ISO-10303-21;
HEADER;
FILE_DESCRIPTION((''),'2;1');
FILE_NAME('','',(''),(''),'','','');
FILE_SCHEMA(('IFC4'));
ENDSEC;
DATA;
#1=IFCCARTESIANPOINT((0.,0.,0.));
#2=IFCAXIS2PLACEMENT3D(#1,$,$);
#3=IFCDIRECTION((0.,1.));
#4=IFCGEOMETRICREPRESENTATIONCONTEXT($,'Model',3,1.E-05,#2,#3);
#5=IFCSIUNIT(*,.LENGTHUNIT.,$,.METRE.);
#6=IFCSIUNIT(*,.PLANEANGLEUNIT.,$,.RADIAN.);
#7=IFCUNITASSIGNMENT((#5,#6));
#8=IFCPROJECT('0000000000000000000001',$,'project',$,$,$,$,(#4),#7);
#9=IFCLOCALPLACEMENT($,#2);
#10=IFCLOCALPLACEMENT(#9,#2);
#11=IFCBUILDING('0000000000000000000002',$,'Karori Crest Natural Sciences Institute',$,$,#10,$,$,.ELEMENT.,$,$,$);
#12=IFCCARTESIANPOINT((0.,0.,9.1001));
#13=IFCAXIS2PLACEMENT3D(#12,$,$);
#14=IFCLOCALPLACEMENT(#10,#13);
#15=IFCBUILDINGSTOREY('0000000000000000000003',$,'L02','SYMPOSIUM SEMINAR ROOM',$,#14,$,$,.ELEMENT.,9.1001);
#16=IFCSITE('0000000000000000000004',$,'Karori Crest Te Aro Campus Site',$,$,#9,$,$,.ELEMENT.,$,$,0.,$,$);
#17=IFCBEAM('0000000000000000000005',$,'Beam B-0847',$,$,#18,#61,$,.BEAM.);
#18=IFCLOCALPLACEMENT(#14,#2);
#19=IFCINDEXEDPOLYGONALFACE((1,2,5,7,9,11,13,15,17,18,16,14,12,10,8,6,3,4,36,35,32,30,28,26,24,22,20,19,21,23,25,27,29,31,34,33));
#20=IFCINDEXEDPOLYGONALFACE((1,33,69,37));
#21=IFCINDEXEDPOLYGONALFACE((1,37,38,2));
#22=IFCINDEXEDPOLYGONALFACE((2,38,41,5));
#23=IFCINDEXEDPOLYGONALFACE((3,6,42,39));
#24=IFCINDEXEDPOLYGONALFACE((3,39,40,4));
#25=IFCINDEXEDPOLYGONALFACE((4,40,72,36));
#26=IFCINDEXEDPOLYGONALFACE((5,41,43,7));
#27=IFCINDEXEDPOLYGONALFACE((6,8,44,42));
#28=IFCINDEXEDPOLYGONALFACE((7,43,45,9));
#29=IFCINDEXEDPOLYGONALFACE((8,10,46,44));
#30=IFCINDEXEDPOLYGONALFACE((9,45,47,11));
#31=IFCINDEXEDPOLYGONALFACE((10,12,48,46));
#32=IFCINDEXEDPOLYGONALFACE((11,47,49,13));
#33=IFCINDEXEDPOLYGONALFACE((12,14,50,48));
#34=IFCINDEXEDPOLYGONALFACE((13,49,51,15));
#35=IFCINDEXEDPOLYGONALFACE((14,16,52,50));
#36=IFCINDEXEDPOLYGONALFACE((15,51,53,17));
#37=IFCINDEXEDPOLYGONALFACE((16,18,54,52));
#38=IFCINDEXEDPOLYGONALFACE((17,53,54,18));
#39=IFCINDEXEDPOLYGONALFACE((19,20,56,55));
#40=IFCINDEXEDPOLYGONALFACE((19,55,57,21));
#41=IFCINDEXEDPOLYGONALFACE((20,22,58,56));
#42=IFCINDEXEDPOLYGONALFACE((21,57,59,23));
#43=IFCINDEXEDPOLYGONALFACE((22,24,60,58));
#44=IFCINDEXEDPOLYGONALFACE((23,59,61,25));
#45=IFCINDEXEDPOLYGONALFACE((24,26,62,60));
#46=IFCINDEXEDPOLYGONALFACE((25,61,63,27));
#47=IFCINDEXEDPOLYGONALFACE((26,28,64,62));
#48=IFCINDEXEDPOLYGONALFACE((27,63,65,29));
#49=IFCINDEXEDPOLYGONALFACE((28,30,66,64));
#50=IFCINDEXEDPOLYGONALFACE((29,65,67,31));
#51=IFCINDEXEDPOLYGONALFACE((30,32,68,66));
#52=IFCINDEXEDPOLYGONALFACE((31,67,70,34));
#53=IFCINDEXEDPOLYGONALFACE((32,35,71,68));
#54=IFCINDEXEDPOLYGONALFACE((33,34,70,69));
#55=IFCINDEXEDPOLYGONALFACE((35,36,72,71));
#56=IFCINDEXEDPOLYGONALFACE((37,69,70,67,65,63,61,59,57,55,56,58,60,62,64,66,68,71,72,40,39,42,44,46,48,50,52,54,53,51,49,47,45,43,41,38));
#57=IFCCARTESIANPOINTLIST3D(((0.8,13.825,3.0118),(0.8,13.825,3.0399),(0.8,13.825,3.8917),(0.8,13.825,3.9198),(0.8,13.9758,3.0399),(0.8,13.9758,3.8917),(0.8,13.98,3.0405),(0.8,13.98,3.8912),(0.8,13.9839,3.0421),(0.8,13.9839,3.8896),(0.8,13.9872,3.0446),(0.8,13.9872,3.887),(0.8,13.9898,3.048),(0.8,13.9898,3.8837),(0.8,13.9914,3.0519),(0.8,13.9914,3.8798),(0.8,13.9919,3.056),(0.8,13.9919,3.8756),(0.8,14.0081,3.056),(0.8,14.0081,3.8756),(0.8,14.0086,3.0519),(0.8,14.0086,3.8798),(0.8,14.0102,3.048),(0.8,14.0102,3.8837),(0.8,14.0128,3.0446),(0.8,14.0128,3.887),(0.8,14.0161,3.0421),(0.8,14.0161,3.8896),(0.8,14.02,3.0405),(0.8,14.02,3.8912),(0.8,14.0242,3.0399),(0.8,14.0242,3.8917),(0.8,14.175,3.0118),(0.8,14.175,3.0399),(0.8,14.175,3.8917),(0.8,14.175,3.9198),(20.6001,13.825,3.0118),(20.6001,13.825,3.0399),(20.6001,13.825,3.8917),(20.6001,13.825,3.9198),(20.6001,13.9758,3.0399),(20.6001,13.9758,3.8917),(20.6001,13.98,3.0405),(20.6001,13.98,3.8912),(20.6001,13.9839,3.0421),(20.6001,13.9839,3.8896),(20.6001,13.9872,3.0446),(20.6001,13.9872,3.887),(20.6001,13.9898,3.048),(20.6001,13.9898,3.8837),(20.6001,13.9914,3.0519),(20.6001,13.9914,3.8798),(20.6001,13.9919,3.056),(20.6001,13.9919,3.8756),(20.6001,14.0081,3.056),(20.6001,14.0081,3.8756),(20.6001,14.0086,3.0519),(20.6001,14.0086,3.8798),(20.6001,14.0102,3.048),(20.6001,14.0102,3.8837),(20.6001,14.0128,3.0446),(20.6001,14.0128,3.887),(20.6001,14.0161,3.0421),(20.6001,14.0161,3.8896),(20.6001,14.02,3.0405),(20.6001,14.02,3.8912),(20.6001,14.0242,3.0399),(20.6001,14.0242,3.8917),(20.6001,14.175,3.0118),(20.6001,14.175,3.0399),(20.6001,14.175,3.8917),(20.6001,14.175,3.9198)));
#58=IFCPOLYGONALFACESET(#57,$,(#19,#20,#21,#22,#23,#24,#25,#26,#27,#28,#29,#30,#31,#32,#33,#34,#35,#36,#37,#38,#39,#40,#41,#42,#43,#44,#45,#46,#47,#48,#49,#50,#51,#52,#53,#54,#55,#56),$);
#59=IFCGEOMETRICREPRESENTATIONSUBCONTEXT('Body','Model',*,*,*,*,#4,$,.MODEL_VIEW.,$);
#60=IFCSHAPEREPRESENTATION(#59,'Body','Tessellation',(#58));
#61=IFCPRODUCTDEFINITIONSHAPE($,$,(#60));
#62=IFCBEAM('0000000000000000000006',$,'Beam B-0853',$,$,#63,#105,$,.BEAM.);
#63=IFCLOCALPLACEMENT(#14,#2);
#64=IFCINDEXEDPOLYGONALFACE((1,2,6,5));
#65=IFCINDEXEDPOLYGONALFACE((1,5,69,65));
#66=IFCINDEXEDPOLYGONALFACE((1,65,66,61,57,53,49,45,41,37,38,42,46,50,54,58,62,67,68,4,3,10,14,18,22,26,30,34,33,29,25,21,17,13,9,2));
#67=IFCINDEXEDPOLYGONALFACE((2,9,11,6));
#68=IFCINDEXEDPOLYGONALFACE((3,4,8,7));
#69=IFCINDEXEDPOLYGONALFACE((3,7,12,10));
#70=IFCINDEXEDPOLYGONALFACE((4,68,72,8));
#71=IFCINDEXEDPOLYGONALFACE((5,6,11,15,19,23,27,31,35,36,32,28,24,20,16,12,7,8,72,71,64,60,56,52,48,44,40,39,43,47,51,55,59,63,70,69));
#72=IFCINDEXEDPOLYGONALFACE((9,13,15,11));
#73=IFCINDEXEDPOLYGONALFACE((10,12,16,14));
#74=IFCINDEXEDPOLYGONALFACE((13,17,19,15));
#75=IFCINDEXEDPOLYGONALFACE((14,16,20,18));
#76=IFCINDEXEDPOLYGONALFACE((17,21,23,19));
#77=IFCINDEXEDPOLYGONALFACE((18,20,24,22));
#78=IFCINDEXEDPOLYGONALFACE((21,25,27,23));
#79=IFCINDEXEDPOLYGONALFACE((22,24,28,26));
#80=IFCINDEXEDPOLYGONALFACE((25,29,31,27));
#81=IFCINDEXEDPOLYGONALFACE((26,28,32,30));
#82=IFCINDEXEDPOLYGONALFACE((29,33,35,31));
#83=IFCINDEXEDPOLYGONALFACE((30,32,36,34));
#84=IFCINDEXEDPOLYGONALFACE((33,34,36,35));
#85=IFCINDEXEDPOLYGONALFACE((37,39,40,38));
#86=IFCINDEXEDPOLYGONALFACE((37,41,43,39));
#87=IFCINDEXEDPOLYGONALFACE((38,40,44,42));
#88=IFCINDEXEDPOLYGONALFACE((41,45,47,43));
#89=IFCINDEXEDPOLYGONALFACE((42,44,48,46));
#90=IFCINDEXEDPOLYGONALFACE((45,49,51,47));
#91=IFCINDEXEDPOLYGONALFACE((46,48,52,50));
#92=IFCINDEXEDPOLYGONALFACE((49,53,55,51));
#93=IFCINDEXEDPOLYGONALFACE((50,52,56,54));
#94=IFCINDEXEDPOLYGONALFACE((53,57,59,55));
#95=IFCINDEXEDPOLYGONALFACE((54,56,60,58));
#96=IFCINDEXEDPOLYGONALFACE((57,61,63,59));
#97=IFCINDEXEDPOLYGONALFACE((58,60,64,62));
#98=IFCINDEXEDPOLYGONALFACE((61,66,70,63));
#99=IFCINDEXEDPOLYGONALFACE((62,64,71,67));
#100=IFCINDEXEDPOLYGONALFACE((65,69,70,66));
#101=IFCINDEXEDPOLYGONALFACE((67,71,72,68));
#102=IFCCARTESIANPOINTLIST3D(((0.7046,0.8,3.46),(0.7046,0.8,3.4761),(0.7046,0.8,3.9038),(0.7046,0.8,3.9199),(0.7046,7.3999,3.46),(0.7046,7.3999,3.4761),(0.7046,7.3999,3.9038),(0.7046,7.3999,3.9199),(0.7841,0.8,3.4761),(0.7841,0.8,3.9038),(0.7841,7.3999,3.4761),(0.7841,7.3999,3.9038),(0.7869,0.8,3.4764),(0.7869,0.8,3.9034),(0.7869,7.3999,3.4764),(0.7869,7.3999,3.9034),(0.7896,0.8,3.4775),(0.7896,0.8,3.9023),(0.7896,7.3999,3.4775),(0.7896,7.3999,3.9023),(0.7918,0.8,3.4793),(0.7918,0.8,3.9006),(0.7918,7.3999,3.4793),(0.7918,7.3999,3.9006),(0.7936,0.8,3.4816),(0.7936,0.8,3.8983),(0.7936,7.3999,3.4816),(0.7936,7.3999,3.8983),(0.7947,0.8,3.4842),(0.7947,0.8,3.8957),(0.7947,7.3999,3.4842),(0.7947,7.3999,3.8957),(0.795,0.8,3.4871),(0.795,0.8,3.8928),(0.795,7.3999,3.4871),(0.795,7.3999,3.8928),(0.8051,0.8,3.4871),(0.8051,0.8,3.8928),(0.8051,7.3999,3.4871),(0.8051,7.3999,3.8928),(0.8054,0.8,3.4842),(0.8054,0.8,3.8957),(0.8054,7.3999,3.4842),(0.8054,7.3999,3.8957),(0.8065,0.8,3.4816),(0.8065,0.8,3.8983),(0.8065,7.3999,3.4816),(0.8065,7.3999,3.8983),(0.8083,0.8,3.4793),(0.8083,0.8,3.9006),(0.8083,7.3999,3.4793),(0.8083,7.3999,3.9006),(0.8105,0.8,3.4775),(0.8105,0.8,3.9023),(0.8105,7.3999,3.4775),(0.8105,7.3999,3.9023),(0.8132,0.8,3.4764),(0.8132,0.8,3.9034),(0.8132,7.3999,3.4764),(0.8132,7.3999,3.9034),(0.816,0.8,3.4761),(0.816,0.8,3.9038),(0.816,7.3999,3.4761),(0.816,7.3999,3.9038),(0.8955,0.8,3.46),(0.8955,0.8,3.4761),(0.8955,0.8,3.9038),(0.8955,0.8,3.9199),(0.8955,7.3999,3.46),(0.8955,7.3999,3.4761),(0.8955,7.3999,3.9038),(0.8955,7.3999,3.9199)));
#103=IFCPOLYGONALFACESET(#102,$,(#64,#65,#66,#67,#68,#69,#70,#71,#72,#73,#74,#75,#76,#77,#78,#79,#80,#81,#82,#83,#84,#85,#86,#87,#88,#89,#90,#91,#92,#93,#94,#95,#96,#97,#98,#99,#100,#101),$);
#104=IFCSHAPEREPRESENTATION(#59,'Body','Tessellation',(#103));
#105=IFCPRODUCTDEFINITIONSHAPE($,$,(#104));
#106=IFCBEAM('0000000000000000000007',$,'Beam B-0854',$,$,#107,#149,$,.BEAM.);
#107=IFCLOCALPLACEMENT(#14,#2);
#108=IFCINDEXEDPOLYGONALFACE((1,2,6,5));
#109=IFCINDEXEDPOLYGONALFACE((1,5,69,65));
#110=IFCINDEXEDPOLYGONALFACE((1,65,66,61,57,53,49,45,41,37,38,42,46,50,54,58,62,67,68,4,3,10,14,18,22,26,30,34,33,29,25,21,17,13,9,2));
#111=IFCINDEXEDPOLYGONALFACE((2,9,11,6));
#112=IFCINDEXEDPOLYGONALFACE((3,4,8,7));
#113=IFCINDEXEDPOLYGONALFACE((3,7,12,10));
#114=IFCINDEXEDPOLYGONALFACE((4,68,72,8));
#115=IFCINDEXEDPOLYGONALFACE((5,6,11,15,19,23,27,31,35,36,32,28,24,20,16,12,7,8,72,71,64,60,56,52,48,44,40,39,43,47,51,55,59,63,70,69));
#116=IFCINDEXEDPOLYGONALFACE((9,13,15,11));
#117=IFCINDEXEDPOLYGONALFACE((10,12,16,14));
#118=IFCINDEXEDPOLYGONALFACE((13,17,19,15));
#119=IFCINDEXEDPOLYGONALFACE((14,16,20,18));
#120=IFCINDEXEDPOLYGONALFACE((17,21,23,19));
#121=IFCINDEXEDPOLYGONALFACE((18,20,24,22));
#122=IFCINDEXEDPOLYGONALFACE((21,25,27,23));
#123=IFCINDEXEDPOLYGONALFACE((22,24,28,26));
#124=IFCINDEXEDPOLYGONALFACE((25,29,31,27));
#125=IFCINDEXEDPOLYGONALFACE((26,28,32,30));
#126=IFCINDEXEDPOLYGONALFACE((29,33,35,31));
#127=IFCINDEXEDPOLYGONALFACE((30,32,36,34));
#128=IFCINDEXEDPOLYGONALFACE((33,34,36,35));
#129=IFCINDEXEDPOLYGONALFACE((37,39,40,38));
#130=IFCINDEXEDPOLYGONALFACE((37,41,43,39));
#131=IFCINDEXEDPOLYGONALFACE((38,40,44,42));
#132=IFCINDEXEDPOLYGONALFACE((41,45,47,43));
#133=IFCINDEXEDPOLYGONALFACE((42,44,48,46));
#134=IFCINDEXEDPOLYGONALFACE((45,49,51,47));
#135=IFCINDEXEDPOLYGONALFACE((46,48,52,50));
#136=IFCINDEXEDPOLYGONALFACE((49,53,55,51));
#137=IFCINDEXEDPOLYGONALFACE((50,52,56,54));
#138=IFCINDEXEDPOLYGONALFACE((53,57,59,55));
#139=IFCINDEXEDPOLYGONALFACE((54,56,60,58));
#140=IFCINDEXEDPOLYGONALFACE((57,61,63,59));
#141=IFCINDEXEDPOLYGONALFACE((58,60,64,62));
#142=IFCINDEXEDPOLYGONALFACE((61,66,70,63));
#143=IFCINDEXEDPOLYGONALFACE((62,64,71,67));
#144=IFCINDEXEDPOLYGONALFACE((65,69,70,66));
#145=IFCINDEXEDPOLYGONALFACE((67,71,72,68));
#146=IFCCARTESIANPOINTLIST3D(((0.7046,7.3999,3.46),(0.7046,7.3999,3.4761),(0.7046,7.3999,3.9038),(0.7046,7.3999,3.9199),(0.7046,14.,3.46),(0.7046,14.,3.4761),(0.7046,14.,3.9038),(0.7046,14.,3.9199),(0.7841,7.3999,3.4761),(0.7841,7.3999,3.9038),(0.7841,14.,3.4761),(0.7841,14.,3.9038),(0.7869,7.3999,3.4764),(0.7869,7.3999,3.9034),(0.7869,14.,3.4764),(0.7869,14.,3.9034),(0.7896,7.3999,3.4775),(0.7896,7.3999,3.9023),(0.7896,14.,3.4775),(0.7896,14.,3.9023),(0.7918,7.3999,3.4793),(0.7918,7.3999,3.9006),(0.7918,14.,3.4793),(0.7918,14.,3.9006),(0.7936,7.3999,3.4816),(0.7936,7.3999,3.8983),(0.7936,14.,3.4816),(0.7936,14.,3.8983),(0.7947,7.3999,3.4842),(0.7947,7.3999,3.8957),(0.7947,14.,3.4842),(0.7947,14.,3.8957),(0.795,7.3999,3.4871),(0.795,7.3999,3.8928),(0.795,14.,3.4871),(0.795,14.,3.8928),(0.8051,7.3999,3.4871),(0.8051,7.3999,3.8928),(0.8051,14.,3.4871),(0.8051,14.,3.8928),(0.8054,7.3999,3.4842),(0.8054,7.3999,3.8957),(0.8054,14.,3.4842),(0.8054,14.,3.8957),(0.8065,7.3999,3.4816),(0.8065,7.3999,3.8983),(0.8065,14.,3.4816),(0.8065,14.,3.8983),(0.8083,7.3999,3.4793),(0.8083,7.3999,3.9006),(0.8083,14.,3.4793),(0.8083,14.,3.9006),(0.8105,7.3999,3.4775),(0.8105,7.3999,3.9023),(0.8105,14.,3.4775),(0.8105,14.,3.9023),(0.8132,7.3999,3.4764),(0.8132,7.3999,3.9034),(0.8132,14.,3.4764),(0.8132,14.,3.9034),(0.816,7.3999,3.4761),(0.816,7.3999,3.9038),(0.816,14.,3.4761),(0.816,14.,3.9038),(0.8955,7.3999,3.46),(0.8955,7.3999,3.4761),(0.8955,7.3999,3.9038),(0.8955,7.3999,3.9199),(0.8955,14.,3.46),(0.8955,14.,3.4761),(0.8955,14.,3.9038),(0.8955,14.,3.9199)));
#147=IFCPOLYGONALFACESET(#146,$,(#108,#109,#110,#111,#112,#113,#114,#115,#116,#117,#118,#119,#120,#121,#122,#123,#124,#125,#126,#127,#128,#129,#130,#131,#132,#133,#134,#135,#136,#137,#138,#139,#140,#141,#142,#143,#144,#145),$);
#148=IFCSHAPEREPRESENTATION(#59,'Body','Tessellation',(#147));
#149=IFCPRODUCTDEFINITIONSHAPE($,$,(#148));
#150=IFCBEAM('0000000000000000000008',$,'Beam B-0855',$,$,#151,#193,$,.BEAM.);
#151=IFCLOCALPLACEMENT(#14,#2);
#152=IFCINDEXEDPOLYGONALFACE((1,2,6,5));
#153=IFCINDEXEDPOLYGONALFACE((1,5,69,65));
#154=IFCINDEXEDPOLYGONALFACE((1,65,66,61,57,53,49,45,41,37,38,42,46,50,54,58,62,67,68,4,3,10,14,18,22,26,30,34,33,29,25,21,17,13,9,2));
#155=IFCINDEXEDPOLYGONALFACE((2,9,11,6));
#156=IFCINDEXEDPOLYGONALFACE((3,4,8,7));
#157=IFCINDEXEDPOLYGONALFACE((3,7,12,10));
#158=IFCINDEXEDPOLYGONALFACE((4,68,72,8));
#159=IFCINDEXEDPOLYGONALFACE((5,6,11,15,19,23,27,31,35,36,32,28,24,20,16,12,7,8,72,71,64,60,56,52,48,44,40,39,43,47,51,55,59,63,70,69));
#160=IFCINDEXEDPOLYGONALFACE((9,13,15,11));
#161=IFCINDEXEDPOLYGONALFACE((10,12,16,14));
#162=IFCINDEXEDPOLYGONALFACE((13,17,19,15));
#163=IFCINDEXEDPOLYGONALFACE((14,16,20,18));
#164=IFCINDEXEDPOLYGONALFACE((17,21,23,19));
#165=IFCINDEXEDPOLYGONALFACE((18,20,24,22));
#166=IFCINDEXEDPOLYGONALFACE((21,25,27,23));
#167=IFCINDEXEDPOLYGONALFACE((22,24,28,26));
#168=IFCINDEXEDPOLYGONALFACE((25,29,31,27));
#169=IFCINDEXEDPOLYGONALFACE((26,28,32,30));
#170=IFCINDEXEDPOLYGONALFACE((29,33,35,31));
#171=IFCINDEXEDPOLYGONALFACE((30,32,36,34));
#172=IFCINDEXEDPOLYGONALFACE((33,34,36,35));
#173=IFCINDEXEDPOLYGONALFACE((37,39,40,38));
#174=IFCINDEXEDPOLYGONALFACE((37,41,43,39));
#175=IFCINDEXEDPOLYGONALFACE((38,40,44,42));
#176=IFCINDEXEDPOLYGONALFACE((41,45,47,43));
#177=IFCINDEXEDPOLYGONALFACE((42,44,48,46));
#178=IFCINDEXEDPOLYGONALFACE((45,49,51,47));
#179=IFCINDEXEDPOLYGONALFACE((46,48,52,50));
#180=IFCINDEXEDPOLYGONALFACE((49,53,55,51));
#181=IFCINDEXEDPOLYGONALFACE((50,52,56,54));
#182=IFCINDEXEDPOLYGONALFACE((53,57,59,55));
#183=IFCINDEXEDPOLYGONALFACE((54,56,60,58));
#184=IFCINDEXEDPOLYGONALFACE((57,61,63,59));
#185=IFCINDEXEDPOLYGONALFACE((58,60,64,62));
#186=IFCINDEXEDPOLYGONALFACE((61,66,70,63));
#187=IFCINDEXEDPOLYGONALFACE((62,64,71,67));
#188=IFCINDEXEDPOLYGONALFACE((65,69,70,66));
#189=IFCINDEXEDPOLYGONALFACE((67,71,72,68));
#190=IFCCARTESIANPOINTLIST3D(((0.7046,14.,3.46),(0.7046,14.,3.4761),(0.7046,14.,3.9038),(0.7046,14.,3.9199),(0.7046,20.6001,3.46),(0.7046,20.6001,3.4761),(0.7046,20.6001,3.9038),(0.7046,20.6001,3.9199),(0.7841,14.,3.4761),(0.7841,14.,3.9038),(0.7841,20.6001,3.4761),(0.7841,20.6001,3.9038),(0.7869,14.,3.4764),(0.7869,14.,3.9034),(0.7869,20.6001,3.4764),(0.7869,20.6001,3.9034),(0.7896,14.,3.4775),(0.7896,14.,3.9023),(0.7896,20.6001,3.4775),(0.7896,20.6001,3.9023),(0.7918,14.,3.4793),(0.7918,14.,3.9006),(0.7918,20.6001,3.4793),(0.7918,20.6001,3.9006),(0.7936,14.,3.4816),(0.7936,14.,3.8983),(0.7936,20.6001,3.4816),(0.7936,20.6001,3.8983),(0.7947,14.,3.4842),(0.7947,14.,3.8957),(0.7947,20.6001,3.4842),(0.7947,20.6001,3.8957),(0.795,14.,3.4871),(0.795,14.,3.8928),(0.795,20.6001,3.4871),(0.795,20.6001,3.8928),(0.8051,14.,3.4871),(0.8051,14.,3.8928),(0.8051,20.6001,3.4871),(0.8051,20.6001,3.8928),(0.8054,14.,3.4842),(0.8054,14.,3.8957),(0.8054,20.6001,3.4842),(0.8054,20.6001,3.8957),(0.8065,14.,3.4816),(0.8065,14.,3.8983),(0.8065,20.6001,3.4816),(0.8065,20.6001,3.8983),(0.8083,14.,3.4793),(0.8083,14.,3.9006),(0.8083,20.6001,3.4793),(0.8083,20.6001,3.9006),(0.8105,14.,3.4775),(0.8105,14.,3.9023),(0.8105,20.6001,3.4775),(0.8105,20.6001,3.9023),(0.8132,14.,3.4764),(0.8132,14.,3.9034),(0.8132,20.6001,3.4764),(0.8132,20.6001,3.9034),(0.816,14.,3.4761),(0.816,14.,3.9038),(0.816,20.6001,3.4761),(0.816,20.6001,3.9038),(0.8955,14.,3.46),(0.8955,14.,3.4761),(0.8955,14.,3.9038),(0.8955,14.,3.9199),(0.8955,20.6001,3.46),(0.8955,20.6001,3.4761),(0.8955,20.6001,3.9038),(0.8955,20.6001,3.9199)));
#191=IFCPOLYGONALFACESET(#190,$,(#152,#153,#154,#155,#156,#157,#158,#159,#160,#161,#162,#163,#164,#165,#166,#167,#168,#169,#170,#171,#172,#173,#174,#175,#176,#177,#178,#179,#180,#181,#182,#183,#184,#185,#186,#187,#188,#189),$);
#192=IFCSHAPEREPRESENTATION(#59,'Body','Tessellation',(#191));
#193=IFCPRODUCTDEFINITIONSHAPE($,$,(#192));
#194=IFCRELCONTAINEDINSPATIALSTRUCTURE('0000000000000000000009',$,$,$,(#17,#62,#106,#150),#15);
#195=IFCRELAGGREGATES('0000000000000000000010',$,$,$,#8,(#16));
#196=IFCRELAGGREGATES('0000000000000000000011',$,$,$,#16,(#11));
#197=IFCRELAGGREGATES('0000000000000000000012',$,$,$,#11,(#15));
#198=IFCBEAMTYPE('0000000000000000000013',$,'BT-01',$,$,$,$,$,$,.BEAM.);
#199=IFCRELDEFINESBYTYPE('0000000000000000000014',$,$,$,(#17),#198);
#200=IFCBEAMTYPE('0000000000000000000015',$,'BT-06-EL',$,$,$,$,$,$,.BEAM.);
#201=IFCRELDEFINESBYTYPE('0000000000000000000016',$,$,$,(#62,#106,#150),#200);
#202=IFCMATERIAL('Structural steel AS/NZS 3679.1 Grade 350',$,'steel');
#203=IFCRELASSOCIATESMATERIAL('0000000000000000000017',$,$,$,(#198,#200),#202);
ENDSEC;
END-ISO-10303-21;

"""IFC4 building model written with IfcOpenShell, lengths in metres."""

from ifc_helpers import new_model, si_unit, direction, frame, origin, origin_2d, place, context, subcontext, project, spatial, i_section, extrude, material, material_profile, profile_set, type_object, element, save


model = new_model("IFC4")

# Units and contexts
model_context = context("Model", 3, precision=1e-05, world=origin(), true_north=direction((0.0, 1.0)))
body_context = subcontext(model_context, "Body", "Model", "MODEL_VIEW")
ifc_project = project(units=[si_unit("LENGTHUNIT", "METRE"), si_unit("PLANEANGLEUNIT", "RADIAN")], contexts=[model_context])

# Site, building, storey
site_placement = place(None, origin())
site = spatial("IfcSite", under=ifc_project, at=site_placement, Name="Karori Crest Te Aro Campus Site", CompositionType="ELEMENT", RefElevation=0.0)
building_placement = place(site_placement, origin())
building = spatial("IfcBuilding", under=site, at=building_placement, Name="Karori Crest Natural Sciences Institute", CompositionType="ELEMENT")
storey_placement = place(building_placement, frame((0.0, 0.0, 9.1001)))
storey = spatial("IfcBuildingStorey", under=building, at=storey_placement, Name="L02", Description="SYMPOSIUM SEMINAR ROOM", CompositionType="ELEMENT", Elevation=9.1001)

# Shared definitions
ifc_material_1 = material(Name="Structural steel AS/NZS 3679.1 Grade 350", Category="steel")

# Beams
ifc_material_profile_1 = material_profile(ifc_material_1, i_section(OverallWidth=0.3501, OverallDepth=0.908, WebThickness=0.0161, FlangeThickness=0.0281, FilletRadius=0.0161, at=origin_2d()), Name="900WB257")
ifc_profile_set_1 = profile_set([ifc_material_profile_1], Name="Structural steel AS/NZS 3679.1 Grade 350")
beam_type_1 = type_object("IfcBeamType", Name="BT-01", PredefinedType="BEAM", material=ifc_profile_set_1)
for number, where, z_axis, x_axis, name in (
    (1, (0.8, 14.0, 3.4658), (1.0, 0.0, 0.0), (0.0, 1.0, 0.0), "Beam B-0847"),
):
    element("IfcBeam", number, at=place(storey_placement, frame(where, z_axis=z_axis, x_axis=x_axis)), inside=storey, type_object=beam_type_1, Name=name, PredefinedType="BEAM", context=body_context, shape_type="SweptSolid", body=[
        extrude(i_section(OverallWidth=0.3501, OverallDepth=0.908, WebThickness=0.0161, FlangeThickness=0.0281, FilletRadius=0.0161, at=origin_2d()), origin(), (0.0, 0.0, 1.0), 19.8),
    ])
ifc_material_profile_2 = material_profile(ifc_material_1, i_section(OverallWidth=0.1909, OverallDepth=0.46, WebThickness=0.01, FlangeThickness=0.0161, FilletRadius=0.011, at=origin_2d()), Name="460UB82.1")
ifc_profile_set_2 = profile_set([ifc_material_profile_2], Name="Structural steel AS/NZS 3679.1 Grade 350")
beam_type_2 = type_object("IfcBeamType", Name="BT-06-EL", PredefinedType="BEAM", material=ifc_profile_set_2)
beam_1_placement = place(storey_placement, frame((0.8, 0.8, 3.6899), z_axis=(0.0, 1.0, 0.0), x_axis=(-1.0, 0.0, 0.0)))
element("IfcBeam", 2, at=beam_1_placement, inside=storey, type_object=beam_type_2, Name="Beam B-0853", PredefinedType="BEAM", context=body_context, shape_type="SweptSolid", body=[
    extrude(i_section(OverallWidth=0.1909, OverallDepth=0.46, WebThickness=0.01, FlangeThickness=0.0161, FilletRadius=0.011, at=origin_2d()), origin(), (0.0, 0.0, 1.0), 6.5999),
])
for number, where, z_axis, x_axis, name in (
    (3, (0.8, 7.3999, 3.6899), (0.0, 1.0, 0.0), (-1.0, 0.0, 0.0), "Beam B-0854"),
    (4, (0.8, 14.0, 3.6899), (0.0, 1.0, 0.0), (-1.0, 0.0, 0.0), "Beam B-0855"),
):
    element("IfcBeam", number, at=place(storey_placement, frame(where, z_axis=z_axis, x_axis=x_axis)), inside=storey, type_object=beam_type_2, Name=name, PredefinedType="BEAM", context=body_context, shape_type="SweptSolid", body=[
        extrude(i_section(OverallWidth=0.1909, OverallDepth=0.46, WebThickness=0.01, FlangeThickness=0.0161, FilletRadius=0.011, at=origin_2d()), origin(), (0.0, 0.0, 1.0), 6.6001),
    ])

save(model, "model.ifc")
